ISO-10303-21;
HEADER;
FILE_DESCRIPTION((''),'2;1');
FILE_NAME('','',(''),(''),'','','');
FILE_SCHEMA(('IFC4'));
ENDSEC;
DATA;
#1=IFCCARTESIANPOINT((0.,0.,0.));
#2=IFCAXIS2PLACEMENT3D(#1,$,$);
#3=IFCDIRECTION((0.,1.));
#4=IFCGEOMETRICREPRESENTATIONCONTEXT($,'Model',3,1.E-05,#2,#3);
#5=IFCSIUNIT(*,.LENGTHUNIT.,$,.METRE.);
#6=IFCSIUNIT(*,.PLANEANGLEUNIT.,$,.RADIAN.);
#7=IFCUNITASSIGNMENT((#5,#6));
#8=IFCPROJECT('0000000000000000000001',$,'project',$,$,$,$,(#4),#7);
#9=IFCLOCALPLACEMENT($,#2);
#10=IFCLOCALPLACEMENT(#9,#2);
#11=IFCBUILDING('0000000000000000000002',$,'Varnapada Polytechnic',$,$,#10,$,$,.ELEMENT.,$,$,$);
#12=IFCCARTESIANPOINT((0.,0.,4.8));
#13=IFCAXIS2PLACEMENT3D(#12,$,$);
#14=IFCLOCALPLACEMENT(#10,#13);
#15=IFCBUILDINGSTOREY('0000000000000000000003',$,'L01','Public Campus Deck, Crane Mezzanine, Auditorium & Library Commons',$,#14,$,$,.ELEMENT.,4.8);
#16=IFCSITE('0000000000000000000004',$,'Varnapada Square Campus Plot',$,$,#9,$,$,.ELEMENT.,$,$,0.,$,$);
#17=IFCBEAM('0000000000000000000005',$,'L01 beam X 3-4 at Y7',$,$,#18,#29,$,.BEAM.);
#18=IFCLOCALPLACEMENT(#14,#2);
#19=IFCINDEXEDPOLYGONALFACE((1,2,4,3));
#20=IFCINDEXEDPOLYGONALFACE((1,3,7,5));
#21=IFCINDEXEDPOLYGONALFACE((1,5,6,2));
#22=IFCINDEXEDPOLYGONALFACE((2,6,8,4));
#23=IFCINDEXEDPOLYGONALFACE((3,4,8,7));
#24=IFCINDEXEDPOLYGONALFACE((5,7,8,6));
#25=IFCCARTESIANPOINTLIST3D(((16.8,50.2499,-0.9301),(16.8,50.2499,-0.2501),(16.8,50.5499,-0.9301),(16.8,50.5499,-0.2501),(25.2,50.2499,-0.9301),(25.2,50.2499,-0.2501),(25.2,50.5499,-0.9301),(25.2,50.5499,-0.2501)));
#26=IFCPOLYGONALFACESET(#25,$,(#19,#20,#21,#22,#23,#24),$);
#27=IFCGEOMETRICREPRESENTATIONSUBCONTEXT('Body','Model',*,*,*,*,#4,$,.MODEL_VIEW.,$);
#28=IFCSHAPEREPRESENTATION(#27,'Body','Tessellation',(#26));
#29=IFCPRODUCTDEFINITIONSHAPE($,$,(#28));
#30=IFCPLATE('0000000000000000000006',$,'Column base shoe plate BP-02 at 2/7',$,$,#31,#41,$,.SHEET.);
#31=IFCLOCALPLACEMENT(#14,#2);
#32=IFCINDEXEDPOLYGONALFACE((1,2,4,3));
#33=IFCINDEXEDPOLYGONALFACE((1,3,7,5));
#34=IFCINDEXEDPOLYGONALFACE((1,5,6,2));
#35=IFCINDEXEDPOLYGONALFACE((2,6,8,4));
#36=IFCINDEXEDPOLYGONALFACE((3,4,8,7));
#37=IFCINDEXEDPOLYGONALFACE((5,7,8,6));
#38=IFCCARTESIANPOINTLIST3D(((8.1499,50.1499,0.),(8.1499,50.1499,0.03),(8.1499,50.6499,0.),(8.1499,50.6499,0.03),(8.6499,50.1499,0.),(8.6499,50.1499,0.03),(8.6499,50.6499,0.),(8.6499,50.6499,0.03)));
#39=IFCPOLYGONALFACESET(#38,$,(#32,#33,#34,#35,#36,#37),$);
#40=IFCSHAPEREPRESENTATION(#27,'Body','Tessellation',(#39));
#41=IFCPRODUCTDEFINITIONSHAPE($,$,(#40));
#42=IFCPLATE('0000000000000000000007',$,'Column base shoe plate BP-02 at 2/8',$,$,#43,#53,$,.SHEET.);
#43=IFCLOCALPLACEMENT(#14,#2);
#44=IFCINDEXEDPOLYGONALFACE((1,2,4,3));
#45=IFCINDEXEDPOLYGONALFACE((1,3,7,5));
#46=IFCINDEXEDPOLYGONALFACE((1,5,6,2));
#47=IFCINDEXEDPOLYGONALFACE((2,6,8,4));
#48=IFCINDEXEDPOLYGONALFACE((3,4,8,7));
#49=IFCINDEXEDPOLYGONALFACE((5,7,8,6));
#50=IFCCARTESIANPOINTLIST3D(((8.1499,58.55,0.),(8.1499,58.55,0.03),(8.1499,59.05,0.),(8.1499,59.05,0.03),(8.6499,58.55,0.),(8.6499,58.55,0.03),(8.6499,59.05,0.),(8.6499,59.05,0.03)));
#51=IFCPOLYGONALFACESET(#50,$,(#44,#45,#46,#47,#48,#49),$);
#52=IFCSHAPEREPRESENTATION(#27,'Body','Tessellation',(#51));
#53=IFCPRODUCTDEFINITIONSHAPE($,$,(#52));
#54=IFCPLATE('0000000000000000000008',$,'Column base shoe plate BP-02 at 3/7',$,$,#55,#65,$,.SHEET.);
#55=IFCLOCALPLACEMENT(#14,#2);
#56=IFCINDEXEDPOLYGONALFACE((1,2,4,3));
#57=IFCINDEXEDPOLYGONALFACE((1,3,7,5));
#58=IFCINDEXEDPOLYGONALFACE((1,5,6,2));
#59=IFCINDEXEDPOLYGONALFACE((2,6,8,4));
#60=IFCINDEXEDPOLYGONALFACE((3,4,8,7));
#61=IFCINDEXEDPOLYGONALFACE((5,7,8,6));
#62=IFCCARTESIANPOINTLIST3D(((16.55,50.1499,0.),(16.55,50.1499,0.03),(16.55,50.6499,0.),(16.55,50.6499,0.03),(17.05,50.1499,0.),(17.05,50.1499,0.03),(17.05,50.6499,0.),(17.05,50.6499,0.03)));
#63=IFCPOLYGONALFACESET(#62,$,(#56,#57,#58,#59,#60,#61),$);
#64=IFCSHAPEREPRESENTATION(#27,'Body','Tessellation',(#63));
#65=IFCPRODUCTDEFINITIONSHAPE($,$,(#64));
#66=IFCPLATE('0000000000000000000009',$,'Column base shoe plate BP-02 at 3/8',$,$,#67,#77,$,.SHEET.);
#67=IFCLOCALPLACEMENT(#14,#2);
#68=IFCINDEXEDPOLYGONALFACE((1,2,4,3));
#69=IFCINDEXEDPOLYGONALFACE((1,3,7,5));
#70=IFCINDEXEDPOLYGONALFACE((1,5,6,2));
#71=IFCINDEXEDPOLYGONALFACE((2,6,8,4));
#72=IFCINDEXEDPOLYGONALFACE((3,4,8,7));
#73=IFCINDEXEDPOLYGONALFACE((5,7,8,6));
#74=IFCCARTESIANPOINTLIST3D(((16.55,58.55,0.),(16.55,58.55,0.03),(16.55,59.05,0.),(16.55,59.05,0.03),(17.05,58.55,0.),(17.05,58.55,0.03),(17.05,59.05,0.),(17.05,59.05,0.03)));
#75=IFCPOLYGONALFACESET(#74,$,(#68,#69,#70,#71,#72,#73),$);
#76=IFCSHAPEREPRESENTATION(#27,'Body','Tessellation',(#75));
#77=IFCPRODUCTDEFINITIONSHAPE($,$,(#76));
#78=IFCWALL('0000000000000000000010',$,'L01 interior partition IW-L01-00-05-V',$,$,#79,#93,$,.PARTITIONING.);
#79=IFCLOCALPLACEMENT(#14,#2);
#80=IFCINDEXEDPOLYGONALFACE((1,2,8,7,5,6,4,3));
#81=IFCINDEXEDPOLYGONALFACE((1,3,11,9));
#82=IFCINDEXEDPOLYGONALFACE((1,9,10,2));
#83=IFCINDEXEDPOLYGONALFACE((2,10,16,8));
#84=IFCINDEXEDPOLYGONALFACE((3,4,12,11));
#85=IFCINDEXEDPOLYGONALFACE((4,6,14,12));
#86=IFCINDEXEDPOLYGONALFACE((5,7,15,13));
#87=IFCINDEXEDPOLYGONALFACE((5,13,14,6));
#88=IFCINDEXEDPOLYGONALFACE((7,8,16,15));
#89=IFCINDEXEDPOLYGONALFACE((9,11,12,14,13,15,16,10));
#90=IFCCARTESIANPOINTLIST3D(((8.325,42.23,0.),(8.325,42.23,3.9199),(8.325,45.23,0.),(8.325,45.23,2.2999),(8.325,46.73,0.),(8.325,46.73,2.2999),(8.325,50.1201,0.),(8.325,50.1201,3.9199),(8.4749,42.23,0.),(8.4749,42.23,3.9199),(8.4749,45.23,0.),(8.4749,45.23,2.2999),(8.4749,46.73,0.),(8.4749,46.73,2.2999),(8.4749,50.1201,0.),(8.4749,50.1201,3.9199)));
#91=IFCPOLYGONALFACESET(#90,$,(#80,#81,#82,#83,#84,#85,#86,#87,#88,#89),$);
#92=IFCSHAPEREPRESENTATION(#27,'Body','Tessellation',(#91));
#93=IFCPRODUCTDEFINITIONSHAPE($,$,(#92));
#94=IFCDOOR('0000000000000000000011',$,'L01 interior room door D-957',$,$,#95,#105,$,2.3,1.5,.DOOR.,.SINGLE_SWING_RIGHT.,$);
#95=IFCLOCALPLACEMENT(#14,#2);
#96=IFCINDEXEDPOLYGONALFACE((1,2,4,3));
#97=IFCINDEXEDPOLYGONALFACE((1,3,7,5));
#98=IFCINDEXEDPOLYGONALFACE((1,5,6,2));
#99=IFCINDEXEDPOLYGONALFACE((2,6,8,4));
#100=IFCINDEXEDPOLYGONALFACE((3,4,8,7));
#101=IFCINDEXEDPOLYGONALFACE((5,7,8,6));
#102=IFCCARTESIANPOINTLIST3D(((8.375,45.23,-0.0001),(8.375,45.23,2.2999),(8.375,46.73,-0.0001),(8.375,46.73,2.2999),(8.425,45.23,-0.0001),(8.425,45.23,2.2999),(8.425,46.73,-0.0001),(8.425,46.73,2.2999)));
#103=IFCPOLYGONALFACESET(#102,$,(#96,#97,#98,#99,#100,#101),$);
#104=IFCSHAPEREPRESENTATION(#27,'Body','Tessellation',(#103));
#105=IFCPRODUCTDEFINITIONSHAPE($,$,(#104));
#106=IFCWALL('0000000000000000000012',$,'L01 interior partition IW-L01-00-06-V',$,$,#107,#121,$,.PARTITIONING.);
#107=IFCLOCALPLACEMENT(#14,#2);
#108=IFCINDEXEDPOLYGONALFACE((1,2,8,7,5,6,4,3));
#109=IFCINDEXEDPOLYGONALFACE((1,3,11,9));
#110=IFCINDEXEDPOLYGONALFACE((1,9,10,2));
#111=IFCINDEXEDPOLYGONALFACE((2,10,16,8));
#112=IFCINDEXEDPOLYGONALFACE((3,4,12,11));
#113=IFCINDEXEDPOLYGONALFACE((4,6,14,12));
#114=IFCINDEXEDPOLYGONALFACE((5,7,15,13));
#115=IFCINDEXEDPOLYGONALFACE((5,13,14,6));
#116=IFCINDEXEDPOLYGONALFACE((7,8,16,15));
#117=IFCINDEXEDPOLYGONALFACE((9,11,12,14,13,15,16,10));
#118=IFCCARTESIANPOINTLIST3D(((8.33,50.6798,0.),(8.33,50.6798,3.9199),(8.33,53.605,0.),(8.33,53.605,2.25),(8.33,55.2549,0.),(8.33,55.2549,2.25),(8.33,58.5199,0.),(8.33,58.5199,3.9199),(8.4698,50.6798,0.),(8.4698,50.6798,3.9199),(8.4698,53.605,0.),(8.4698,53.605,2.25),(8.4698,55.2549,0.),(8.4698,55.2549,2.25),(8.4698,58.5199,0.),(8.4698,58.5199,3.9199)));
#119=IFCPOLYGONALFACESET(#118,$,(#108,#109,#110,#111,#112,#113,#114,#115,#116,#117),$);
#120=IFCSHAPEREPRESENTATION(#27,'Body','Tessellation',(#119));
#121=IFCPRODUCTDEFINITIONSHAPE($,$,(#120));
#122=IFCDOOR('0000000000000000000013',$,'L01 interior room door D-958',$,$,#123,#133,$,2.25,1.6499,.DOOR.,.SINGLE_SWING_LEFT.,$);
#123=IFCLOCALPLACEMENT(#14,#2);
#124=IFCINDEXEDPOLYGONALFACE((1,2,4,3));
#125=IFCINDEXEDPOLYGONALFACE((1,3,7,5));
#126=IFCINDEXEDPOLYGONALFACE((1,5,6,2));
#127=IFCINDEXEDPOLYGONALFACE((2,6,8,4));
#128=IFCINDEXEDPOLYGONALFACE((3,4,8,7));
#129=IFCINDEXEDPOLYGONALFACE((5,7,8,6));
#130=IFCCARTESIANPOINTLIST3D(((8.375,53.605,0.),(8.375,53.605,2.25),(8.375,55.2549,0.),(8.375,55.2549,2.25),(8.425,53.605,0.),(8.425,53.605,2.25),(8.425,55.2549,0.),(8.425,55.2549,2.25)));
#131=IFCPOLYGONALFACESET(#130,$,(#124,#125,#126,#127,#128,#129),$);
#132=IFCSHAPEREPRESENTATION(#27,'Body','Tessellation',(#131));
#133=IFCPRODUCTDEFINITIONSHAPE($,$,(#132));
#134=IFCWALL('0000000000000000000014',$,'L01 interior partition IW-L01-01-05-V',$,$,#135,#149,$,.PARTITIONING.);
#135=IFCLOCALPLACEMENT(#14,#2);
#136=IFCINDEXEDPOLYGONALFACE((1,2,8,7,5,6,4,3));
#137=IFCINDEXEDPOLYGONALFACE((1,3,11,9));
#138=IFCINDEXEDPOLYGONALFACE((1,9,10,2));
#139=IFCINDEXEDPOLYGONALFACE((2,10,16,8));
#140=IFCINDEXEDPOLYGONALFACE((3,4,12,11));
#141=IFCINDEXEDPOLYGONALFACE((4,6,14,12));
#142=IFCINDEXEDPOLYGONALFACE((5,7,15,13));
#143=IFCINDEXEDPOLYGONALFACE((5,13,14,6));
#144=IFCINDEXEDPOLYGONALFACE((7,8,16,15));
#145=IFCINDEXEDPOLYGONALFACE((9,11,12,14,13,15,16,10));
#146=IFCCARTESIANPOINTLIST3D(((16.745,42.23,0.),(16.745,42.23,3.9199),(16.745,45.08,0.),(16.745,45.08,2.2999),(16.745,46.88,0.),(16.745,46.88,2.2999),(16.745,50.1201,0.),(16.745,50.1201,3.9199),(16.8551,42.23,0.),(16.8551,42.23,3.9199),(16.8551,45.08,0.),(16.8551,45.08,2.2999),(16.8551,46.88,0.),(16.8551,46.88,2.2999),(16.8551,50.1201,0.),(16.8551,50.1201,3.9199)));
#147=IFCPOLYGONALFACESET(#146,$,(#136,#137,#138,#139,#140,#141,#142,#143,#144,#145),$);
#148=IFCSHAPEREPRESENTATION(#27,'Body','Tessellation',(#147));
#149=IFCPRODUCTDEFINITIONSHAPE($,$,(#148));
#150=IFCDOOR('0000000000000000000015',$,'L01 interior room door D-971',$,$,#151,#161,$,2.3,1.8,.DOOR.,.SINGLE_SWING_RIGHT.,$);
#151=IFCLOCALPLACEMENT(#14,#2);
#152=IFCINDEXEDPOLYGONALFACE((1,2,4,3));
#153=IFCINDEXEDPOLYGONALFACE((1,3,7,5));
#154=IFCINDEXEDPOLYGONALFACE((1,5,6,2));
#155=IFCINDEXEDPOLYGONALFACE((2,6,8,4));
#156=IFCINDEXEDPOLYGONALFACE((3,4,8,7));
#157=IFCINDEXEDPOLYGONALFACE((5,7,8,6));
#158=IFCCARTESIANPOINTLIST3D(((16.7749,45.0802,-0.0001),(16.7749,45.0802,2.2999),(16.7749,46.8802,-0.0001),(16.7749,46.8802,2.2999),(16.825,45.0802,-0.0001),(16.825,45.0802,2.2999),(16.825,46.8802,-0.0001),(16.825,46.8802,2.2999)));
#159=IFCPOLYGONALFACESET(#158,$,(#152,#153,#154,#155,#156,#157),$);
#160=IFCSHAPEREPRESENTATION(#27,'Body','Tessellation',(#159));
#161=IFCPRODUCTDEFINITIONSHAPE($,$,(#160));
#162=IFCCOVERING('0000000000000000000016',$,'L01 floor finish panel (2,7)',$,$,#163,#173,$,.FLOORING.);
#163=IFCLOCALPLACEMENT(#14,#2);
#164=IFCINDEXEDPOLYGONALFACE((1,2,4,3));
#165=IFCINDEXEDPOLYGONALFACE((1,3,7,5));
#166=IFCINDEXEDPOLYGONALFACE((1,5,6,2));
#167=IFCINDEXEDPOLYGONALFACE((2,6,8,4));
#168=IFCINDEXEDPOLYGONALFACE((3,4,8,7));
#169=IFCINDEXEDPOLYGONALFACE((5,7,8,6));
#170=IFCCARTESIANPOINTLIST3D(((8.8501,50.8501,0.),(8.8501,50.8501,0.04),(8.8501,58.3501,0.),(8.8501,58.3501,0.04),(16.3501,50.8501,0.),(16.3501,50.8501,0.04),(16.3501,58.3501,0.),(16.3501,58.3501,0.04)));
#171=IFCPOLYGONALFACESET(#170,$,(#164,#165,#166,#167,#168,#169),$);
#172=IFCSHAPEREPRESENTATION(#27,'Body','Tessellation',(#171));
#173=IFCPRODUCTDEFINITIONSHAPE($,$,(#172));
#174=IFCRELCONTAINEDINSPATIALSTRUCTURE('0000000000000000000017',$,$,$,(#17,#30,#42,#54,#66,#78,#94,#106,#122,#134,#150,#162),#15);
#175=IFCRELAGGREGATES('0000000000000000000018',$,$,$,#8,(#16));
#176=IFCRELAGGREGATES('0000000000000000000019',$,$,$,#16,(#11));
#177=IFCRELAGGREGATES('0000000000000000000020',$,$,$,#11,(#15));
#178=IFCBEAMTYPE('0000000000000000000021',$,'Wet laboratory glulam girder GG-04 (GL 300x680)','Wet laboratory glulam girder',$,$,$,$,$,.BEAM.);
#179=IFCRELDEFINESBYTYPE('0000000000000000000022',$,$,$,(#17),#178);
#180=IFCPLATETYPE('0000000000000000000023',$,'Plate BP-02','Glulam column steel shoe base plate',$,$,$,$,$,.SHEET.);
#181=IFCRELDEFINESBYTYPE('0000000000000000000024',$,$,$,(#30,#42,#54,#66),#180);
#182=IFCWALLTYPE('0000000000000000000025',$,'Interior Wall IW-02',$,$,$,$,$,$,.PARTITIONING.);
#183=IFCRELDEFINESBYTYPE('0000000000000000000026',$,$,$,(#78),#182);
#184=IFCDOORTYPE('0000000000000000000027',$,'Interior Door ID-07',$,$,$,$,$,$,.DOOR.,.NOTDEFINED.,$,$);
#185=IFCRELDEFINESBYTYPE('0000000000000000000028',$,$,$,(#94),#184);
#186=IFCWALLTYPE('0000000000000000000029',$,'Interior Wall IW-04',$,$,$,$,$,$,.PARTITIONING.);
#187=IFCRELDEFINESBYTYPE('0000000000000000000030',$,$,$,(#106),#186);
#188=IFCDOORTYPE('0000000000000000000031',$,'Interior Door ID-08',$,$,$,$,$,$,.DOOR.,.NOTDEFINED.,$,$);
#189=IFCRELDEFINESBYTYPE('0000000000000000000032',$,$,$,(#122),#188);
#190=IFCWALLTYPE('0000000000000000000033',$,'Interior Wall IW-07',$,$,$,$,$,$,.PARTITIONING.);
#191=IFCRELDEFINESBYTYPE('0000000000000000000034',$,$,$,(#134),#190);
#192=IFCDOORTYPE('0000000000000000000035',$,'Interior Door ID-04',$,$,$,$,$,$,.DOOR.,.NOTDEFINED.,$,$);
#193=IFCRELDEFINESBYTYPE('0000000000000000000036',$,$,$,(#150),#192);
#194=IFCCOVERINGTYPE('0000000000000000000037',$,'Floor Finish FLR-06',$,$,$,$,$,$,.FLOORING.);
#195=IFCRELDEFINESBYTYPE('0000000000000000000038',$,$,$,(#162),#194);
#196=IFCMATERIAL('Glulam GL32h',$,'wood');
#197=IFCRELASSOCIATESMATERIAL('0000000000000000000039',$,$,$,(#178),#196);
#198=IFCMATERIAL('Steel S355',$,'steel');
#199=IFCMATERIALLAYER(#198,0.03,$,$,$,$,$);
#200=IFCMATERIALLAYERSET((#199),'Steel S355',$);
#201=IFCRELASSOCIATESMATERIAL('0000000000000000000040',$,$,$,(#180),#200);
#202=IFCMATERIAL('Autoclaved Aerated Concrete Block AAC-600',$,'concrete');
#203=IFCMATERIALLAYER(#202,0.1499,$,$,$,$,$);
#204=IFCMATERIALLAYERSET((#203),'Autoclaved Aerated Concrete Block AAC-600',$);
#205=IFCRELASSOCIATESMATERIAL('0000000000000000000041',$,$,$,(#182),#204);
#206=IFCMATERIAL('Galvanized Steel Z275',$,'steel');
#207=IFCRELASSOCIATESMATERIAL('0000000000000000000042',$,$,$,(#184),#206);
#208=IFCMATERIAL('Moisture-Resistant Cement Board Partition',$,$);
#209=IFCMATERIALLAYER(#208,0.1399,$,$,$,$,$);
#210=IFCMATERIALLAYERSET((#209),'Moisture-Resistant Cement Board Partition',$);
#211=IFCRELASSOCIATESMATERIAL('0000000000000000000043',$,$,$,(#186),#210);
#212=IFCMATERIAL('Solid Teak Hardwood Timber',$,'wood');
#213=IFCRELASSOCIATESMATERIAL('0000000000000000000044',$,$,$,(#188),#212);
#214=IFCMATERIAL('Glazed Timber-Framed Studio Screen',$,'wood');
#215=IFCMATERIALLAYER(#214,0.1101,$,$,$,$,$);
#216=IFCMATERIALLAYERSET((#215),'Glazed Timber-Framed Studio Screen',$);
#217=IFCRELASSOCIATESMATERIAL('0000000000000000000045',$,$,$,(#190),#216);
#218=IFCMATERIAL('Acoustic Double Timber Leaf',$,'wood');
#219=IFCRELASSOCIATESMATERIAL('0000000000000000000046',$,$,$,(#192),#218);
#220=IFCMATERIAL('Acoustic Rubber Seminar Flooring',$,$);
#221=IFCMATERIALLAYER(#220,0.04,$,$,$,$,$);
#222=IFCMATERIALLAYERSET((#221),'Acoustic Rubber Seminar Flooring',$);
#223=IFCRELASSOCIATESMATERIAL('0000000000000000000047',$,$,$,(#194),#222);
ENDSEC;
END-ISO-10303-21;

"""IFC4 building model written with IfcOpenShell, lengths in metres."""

from ifc_helpers import new_model, si_unit, direction, frame, frame_2d, origin, origin_2d, place, context, subcontext, project, spatial, rectangle, extrude, material, layer, layer_set, material_profile, profile_set, type_object, element, fill, save


model = new_model("IFC4")

# Units and contexts
model_context = context("Model", 3, precision=1e-05, world=origin(), true_north=direction((0.0, 1.0)))
body_context = subcontext(model_context, "Body", "Model", "MODEL_VIEW")
ifc_project = project(units=[si_unit("LENGTHUNIT", "METRE"), si_unit("PLANEANGLEUNIT", "RADIAN")], contexts=[model_context])

# Site, building, storey
site_placement = place(None, origin())
site = spatial("IfcSite", under=ifc_project, at=site_placement, Name="Varnapada Square Campus Plot", CompositionType="ELEMENT", RefElevation=0.0)
building_placement = place(site_placement, origin())
building = spatial("IfcBuilding", under=site, at=building_placement, Name="Varnapada Polytechnic", CompositionType="ELEMENT")
storey_placement = place(building_placement, frame((0.0, 0.0, 4.8)))
storey = spatial("IfcBuildingStorey", under=building, at=storey_placement, Name="L01", Description="Public Campus Deck, Crane Mezzanine, Auditorium & Library Commons", CompositionType="ELEMENT", Elevation=4.8)

# Shared definitions
ifc_material_1 = material(Name="Glulam GL32h", Category="wood")

# Beam
ifc_material_profile_1 = material_profile(ifc_material_1, rectangle(XDim=0.3, YDim=0.6799, at=origin_2d()), Name="GL 300x680")
ifc_profile_set_1 = profile_set([ifc_material_profile_1], Name="Glulam GL32h")
beam_type_1 = type_object("IfcBeamType", Name="Wet laboratory glulam girder GG-04 (GL 300x680)", Description="Wet laboratory glulam girder", PredefinedType="BEAM", material=ifc_profile_set_1)
beam_1_placement = place(storey_placement, frame((16.8, 50.3999, -0.5901), z_axis=(1.0, 0.0, 0.0), x_axis=(0.0, 1.0, 0.0)))
element("IfcBeam", 1, at=beam_1_placement, inside=storey, type_object=beam_type_1, Name="L01 beam X 3-4 at Y7", PredefinedType="BEAM", context=body_context, shape_type="SweptSolid", body=[
    extrude(rectangle(XDim=0.3, YDim=0.6799, at=origin_2d()), origin(), (0.0, 0.0, 1.0), 8.3999),
])

# Plates
ifc_material_2 = material(Name="Steel S355", Category="steel")
ifc_layer_1 = layer(ifc_material_2, 0.03)
ifc_layer_set_1 = layer_set([ifc_layer_1], Name="Steel S355")
plate_type = type_object("IfcPlateType", Name="Plate BP-02", Description="Glulam column steel shoe base plate", PredefinedType="SHEET", material=ifc_layer_set_1)
for number, where, z_axis, x_axis, name in (
    (2, (8.3999, 50.3999, 0.0), (0.0, 0.0, 1.0), (1.0, 0.0, 0.0), "Column base shoe plate BP-02 at 2/7"),
    (3, (8.3999, 58.8, 0.0), (0.0, 0.0, 1.0), (1.0, 0.0, 0.0), "Column base shoe plate BP-02 at 2/8"),
    (4, (16.8, 50.3999, 0.0), (0.0, 0.0, 1.0), (1.0, 0.0, 0.0), "Column base shoe plate BP-02 at 3/7"),
    (5, (16.8, 58.8, 0.0), (0.0, 0.0, 1.0), (1.0, 0.0, 0.0), "Column base shoe plate BP-02 at 3/8"),
):
    element("IfcPlate", number, at=place(storey_placement, frame(where, z_axis=z_axis, x_axis=x_axis)), inside=storey, type_object=plate_type, Name=name, PredefinedType="SHEET", context=body_context, shape_type="SweptSolid", body=[
        extrude(rectangle(XDim=0.5, YDim=0.5, at=origin_2d()), origin(), (0.0, 0.0, 1.0), 0.03),
    ])

# Walls, openings, doors
ifc_material_3 = material(Name="Autoclaved Aerated Concrete Block AAC-600", Category="concrete")
ifc_layer_2 = layer(ifc_material_3, 0.1499)
ifc_layer_set_2 = layer_set([ifc_layer_2], Name="Autoclaved Aerated Concrete Block AAC-600")
wall_type_1 = type_object("IfcWallType", Name="Interior Wall IW-02", PredefinedType="PARTITIONING", material=ifc_layer_set_2)
wall_1_placement = place(storey_placement, frame((8.3999, 42.23, 0.0), z_axis=(0.0, 0.0, 1.0), x_axis=(0.0, 1.0, 0.0)))
wall_1 = element("IfcWall", 6, at=wall_1_placement, inside=storey, type_object=wall_type_1, Name="L01 interior partition IW-L01-00-05-V", PredefinedType="PARTITIONING", context=body_context, shape_type="SweptSolid", body=[
    extrude(rectangle(XDim=7.8901, YDim=0.1499, at=frame_2d((3.9451, 0.0))), origin(), (0.0, 0.0, 1.0), 3.9199),
])
opening_1_placement = place(wall_1_placement, frame((3.0, 0.0, 0.0)))
opening_1 = element("IfcOpeningElement", 7, at=opening_1_placement, cuts=wall_1, PredefinedType="OPENING", context=body_context, shape_type="SweptSolid", body=[
    extrude(rectangle(XDim=1.5, YDim=2.3, at=frame_2d((0.75, 1.1499))), frame((0.0, 0.085, 0.0), z_axis=(0.0, -1.0, 0.0), x_axis=(1.0, 0.0, 0.0)), (0.0, 0.0, 1.0), 0.1699),
])
ifc_material_4 = material(Name="Galvanized Steel Z275", Category="steel")
door_type_1 = type_object("IfcDoorType", Name="Interior Door ID-07", OperationType="NOTDEFINED", PredefinedType="DOOR", material=ifc_material_4)
door_1_placement = place(opening_1_placement, origin())
door_1 = element("IfcDoor", 8, at=door_1_placement, inside=storey, type_object=door_type_1, Name="L01 interior room door D-957", OperationType="SINGLE_SWING_RIGHT", OverallHeight=2.3, OverallWidth=1.5, PredefinedType="DOOR", context=body_context, shape_type="SweptSolid", body=[
    extrude(rectangle(XDim=1.5, YDim=2.3, at=frame_2d((0.75, 1.1499))), frame((0.0, 0.0249, 0.0), z_axis=(0.0, -1.0, 0.0), x_axis=(1.0, 0.0, 0.0)), (0.0, 0.0, 1.0), 0.05),
])
fill(opening_1, door_1)
ifc_material_5 = material(Name="Moisture-Resistant Cement Board Partition")
ifc_layer_3 = layer(ifc_material_5, 0.1399)
ifc_layer_set_3 = layer_set([ifc_layer_3], Name="Moisture-Resistant Cement Board Partition")
wall_type_2 = type_object("IfcWallType", Name="Interior Wall IW-04", PredefinedType="PARTITIONING", material=ifc_layer_set_3)
wall_2_placement = place(storey_placement, frame((8.3999, 50.6799, 0.0), z_axis=(0.0, 0.0, 1.0), x_axis=(0.0, 1.0, 0.0)))
wall_2 = element("IfcWall", 9, at=wall_2_placement, inside=storey, type_object=wall_type_2, Name="L01 interior partition IW-L01-00-06-V", PredefinedType="PARTITIONING", context=body_context, shape_type="SweptSolid", body=[
    extrude(rectangle(XDim=7.8401, YDim=0.1399, at=frame_2d((3.9199, 0.0))), origin(), (0.0, 0.0, 1.0), 3.9199),
])
opening_2_placement = place(wall_2_placement, frame((2.925, 0.0, 0.0)))
opening_2 = element("IfcOpeningElement", 10, at=opening_2_placement, cuts=wall_2, PredefinedType="OPENING", context=body_context, shape_type="SweptSolid", body=[
    extrude(rectangle(XDim=1.6499, YDim=2.25, at=frame_2d((0.825, 1.125))), frame((0.0, 0.0798, 0.0), z_axis=(0.0, -1.0, 0.0), x_axis=(1.0, 0.0, 0.0)), (0.0, 0.0, 1.0), 0.1599),
])
ifc_material_6 = material(Name="Solid Teak Hardwood Timber", Category="wood")
door_type_2 = type_object("IfcDoorType", Name="Interior Door ID-08", OperationType="NOTDEFINED", PredefinedType="DOOR", material=ifc_material_6)
door_2_placement = place(opening_2_placement, origin())
door_2 = element("IfcDoor", 11, at=door_2_placement, inside=storey, type_object=door_type_2, Name="L01 interior room door D-958", OperationType="SINGLE_SWING_LEFT", OverallHeight=2.25, OverallWidth=1.6499, PredefinedType="DOOR", context=body_context, shape_type="SweptSolid", body=[
    extrude(rectangle(XDim=1.6499, YDim=2.25, at=frame_2d((0.825, 1.125))), frame((0.0, 0.0249, 0.0), z_axis=(0.0, -1.0, 0.0), x_axis=(1.0, 0.0, 0.0)), (0.0, 0.0, 1.0), 0.05),
])
fill(opening_2, door_2)
ifc_material_7 = material(Name="Glazed Timber-Framed Studio Screen", Category="wood")
ifc_layer_4 = layer(ifc_material_7, 0.1101)
ifc_layer_set_4 = layer_set([ifc_layer_4], Name="Glazed Timber-Framed Studio Screen")
wall_type_3 = type_object("IfcWallType", Name="Interior Wall IW-07", PredefinedType="PARTITIONING", material=ifc_layer_set_4)
wall_3_placement = place(storey_placement, frame((16.8, 42.23, 0.0), z_axis=(0.0, 0.0, 1.0), x_axis=(0.0, 1.0, 0.0)))
wall_3 = element("IfcWall", 12, at=wall_3_placement, inside=storey, type_object=wall_type_3, Name="L01 interior partition IW-L01-01-05-V", PredefinedType="PARTITIONING", context=body_context, shape_type="SweptSolid", body=[
    extrude(rectangle(XDim=7.8901, YDim=0.1101, at=frame_2d((3.9451, 0.0))), origin(), (0.0, 0.0, 1.0), 3.9199),
])
opening_3_placement = place(wall_3_placement, frame((2.8501, 0.0, 0.0)))
opening_3 = element("IfcOpeningElement", 13, at=opening_3_placement, cuts=wall_3, PredefinedType="OPENING", context=body_context, shape_type="SweptSolid", body=[
    extrude(rectangle(XDim=1.8, YDim=2.3, at=frame_2d((0.8999, 1.1499))), frame((0.0, 0.0649, 0.0), z_axis=(0.0, -1.0, 0.0), x_axis=(1.0, 0.0, 0.0)), (0.0, 0.0, 1.0), 0.1301),
])
ifc_material_8 = material(Name="Acoustic Double Timber Leaf", Category="wood")
door_type_3 = type_object("IfcDoorType", Name="Interior Door ID-04", OperationType="NOTDEFINED", PredefinedType="DOOR", material=ifc_material_8)
door_3_placement = place(opening_3_placement, frame((1.8, 0.0, 0.0), z_axis=(0.0, 0.0, 1.0), x_axis=(-1.0, 0.0, 0.0)))
door_3 = element("IfcDoor", 14, at=door_3_placement, inside=storey, type_object=door_type_3, Name="L01 interior room door D-971", OperationType="SINGLE_SWING_RIGHT", OverallHeight=2.3, OverallWidth=1.8, PredefinedType="DOOR", context=body_context, shape_type="SweptSolid", body=[
    extrude(rectangle(XDim=1.8, YDim=2.3, at=frame_2d((0.8999, 1.1499))), frame((0.0, 0.0249, 0.0), z_axis=(0.0, -1.0, 0.0), x_axis=(1.0, 0.0, 0.0)), (0.0, 0.0, 1.0), 0.05),
])
fill(opening_3, door_3)

# Covering
ifc_material_9 = material(Name="Acoustic Rubber Seminar Flooring")
ifc_layer_5 = layer(ifc_material_9, 0.04)
ifc_layer_set_5 = layer_set([ifc_layer_5], Name="Acoustic Rubber Seminar Flooring")
covering_type_1 = type_object("IfcCoveringType", Name="Floor Finish FLR-06", PredefinedType="FLOORING", material=ifc_layer_set_5)
covering_1_placement = place(storey_placement, frame((12.6001, 54.6001, 0.0), z_axis=(0.0, 0.0, 1.0), x_axis=(1.0, 0.0, 0.0)))
element("IfcCovering", 15, at=covering_1_placement, inside=storey, type_object=covering_type_1, Name="L01 floor finish panel (2,7)", PredefinedType="FLOORING", context=body_context, shape_type="SweptSolid", body=[
    extrude(rectangle(XDim=7.5, YDim=7.5, at=origin_2d()), origin(), (0.0, 0.0, 1.0), 0.04),
])

save(model, "model.ifc")
